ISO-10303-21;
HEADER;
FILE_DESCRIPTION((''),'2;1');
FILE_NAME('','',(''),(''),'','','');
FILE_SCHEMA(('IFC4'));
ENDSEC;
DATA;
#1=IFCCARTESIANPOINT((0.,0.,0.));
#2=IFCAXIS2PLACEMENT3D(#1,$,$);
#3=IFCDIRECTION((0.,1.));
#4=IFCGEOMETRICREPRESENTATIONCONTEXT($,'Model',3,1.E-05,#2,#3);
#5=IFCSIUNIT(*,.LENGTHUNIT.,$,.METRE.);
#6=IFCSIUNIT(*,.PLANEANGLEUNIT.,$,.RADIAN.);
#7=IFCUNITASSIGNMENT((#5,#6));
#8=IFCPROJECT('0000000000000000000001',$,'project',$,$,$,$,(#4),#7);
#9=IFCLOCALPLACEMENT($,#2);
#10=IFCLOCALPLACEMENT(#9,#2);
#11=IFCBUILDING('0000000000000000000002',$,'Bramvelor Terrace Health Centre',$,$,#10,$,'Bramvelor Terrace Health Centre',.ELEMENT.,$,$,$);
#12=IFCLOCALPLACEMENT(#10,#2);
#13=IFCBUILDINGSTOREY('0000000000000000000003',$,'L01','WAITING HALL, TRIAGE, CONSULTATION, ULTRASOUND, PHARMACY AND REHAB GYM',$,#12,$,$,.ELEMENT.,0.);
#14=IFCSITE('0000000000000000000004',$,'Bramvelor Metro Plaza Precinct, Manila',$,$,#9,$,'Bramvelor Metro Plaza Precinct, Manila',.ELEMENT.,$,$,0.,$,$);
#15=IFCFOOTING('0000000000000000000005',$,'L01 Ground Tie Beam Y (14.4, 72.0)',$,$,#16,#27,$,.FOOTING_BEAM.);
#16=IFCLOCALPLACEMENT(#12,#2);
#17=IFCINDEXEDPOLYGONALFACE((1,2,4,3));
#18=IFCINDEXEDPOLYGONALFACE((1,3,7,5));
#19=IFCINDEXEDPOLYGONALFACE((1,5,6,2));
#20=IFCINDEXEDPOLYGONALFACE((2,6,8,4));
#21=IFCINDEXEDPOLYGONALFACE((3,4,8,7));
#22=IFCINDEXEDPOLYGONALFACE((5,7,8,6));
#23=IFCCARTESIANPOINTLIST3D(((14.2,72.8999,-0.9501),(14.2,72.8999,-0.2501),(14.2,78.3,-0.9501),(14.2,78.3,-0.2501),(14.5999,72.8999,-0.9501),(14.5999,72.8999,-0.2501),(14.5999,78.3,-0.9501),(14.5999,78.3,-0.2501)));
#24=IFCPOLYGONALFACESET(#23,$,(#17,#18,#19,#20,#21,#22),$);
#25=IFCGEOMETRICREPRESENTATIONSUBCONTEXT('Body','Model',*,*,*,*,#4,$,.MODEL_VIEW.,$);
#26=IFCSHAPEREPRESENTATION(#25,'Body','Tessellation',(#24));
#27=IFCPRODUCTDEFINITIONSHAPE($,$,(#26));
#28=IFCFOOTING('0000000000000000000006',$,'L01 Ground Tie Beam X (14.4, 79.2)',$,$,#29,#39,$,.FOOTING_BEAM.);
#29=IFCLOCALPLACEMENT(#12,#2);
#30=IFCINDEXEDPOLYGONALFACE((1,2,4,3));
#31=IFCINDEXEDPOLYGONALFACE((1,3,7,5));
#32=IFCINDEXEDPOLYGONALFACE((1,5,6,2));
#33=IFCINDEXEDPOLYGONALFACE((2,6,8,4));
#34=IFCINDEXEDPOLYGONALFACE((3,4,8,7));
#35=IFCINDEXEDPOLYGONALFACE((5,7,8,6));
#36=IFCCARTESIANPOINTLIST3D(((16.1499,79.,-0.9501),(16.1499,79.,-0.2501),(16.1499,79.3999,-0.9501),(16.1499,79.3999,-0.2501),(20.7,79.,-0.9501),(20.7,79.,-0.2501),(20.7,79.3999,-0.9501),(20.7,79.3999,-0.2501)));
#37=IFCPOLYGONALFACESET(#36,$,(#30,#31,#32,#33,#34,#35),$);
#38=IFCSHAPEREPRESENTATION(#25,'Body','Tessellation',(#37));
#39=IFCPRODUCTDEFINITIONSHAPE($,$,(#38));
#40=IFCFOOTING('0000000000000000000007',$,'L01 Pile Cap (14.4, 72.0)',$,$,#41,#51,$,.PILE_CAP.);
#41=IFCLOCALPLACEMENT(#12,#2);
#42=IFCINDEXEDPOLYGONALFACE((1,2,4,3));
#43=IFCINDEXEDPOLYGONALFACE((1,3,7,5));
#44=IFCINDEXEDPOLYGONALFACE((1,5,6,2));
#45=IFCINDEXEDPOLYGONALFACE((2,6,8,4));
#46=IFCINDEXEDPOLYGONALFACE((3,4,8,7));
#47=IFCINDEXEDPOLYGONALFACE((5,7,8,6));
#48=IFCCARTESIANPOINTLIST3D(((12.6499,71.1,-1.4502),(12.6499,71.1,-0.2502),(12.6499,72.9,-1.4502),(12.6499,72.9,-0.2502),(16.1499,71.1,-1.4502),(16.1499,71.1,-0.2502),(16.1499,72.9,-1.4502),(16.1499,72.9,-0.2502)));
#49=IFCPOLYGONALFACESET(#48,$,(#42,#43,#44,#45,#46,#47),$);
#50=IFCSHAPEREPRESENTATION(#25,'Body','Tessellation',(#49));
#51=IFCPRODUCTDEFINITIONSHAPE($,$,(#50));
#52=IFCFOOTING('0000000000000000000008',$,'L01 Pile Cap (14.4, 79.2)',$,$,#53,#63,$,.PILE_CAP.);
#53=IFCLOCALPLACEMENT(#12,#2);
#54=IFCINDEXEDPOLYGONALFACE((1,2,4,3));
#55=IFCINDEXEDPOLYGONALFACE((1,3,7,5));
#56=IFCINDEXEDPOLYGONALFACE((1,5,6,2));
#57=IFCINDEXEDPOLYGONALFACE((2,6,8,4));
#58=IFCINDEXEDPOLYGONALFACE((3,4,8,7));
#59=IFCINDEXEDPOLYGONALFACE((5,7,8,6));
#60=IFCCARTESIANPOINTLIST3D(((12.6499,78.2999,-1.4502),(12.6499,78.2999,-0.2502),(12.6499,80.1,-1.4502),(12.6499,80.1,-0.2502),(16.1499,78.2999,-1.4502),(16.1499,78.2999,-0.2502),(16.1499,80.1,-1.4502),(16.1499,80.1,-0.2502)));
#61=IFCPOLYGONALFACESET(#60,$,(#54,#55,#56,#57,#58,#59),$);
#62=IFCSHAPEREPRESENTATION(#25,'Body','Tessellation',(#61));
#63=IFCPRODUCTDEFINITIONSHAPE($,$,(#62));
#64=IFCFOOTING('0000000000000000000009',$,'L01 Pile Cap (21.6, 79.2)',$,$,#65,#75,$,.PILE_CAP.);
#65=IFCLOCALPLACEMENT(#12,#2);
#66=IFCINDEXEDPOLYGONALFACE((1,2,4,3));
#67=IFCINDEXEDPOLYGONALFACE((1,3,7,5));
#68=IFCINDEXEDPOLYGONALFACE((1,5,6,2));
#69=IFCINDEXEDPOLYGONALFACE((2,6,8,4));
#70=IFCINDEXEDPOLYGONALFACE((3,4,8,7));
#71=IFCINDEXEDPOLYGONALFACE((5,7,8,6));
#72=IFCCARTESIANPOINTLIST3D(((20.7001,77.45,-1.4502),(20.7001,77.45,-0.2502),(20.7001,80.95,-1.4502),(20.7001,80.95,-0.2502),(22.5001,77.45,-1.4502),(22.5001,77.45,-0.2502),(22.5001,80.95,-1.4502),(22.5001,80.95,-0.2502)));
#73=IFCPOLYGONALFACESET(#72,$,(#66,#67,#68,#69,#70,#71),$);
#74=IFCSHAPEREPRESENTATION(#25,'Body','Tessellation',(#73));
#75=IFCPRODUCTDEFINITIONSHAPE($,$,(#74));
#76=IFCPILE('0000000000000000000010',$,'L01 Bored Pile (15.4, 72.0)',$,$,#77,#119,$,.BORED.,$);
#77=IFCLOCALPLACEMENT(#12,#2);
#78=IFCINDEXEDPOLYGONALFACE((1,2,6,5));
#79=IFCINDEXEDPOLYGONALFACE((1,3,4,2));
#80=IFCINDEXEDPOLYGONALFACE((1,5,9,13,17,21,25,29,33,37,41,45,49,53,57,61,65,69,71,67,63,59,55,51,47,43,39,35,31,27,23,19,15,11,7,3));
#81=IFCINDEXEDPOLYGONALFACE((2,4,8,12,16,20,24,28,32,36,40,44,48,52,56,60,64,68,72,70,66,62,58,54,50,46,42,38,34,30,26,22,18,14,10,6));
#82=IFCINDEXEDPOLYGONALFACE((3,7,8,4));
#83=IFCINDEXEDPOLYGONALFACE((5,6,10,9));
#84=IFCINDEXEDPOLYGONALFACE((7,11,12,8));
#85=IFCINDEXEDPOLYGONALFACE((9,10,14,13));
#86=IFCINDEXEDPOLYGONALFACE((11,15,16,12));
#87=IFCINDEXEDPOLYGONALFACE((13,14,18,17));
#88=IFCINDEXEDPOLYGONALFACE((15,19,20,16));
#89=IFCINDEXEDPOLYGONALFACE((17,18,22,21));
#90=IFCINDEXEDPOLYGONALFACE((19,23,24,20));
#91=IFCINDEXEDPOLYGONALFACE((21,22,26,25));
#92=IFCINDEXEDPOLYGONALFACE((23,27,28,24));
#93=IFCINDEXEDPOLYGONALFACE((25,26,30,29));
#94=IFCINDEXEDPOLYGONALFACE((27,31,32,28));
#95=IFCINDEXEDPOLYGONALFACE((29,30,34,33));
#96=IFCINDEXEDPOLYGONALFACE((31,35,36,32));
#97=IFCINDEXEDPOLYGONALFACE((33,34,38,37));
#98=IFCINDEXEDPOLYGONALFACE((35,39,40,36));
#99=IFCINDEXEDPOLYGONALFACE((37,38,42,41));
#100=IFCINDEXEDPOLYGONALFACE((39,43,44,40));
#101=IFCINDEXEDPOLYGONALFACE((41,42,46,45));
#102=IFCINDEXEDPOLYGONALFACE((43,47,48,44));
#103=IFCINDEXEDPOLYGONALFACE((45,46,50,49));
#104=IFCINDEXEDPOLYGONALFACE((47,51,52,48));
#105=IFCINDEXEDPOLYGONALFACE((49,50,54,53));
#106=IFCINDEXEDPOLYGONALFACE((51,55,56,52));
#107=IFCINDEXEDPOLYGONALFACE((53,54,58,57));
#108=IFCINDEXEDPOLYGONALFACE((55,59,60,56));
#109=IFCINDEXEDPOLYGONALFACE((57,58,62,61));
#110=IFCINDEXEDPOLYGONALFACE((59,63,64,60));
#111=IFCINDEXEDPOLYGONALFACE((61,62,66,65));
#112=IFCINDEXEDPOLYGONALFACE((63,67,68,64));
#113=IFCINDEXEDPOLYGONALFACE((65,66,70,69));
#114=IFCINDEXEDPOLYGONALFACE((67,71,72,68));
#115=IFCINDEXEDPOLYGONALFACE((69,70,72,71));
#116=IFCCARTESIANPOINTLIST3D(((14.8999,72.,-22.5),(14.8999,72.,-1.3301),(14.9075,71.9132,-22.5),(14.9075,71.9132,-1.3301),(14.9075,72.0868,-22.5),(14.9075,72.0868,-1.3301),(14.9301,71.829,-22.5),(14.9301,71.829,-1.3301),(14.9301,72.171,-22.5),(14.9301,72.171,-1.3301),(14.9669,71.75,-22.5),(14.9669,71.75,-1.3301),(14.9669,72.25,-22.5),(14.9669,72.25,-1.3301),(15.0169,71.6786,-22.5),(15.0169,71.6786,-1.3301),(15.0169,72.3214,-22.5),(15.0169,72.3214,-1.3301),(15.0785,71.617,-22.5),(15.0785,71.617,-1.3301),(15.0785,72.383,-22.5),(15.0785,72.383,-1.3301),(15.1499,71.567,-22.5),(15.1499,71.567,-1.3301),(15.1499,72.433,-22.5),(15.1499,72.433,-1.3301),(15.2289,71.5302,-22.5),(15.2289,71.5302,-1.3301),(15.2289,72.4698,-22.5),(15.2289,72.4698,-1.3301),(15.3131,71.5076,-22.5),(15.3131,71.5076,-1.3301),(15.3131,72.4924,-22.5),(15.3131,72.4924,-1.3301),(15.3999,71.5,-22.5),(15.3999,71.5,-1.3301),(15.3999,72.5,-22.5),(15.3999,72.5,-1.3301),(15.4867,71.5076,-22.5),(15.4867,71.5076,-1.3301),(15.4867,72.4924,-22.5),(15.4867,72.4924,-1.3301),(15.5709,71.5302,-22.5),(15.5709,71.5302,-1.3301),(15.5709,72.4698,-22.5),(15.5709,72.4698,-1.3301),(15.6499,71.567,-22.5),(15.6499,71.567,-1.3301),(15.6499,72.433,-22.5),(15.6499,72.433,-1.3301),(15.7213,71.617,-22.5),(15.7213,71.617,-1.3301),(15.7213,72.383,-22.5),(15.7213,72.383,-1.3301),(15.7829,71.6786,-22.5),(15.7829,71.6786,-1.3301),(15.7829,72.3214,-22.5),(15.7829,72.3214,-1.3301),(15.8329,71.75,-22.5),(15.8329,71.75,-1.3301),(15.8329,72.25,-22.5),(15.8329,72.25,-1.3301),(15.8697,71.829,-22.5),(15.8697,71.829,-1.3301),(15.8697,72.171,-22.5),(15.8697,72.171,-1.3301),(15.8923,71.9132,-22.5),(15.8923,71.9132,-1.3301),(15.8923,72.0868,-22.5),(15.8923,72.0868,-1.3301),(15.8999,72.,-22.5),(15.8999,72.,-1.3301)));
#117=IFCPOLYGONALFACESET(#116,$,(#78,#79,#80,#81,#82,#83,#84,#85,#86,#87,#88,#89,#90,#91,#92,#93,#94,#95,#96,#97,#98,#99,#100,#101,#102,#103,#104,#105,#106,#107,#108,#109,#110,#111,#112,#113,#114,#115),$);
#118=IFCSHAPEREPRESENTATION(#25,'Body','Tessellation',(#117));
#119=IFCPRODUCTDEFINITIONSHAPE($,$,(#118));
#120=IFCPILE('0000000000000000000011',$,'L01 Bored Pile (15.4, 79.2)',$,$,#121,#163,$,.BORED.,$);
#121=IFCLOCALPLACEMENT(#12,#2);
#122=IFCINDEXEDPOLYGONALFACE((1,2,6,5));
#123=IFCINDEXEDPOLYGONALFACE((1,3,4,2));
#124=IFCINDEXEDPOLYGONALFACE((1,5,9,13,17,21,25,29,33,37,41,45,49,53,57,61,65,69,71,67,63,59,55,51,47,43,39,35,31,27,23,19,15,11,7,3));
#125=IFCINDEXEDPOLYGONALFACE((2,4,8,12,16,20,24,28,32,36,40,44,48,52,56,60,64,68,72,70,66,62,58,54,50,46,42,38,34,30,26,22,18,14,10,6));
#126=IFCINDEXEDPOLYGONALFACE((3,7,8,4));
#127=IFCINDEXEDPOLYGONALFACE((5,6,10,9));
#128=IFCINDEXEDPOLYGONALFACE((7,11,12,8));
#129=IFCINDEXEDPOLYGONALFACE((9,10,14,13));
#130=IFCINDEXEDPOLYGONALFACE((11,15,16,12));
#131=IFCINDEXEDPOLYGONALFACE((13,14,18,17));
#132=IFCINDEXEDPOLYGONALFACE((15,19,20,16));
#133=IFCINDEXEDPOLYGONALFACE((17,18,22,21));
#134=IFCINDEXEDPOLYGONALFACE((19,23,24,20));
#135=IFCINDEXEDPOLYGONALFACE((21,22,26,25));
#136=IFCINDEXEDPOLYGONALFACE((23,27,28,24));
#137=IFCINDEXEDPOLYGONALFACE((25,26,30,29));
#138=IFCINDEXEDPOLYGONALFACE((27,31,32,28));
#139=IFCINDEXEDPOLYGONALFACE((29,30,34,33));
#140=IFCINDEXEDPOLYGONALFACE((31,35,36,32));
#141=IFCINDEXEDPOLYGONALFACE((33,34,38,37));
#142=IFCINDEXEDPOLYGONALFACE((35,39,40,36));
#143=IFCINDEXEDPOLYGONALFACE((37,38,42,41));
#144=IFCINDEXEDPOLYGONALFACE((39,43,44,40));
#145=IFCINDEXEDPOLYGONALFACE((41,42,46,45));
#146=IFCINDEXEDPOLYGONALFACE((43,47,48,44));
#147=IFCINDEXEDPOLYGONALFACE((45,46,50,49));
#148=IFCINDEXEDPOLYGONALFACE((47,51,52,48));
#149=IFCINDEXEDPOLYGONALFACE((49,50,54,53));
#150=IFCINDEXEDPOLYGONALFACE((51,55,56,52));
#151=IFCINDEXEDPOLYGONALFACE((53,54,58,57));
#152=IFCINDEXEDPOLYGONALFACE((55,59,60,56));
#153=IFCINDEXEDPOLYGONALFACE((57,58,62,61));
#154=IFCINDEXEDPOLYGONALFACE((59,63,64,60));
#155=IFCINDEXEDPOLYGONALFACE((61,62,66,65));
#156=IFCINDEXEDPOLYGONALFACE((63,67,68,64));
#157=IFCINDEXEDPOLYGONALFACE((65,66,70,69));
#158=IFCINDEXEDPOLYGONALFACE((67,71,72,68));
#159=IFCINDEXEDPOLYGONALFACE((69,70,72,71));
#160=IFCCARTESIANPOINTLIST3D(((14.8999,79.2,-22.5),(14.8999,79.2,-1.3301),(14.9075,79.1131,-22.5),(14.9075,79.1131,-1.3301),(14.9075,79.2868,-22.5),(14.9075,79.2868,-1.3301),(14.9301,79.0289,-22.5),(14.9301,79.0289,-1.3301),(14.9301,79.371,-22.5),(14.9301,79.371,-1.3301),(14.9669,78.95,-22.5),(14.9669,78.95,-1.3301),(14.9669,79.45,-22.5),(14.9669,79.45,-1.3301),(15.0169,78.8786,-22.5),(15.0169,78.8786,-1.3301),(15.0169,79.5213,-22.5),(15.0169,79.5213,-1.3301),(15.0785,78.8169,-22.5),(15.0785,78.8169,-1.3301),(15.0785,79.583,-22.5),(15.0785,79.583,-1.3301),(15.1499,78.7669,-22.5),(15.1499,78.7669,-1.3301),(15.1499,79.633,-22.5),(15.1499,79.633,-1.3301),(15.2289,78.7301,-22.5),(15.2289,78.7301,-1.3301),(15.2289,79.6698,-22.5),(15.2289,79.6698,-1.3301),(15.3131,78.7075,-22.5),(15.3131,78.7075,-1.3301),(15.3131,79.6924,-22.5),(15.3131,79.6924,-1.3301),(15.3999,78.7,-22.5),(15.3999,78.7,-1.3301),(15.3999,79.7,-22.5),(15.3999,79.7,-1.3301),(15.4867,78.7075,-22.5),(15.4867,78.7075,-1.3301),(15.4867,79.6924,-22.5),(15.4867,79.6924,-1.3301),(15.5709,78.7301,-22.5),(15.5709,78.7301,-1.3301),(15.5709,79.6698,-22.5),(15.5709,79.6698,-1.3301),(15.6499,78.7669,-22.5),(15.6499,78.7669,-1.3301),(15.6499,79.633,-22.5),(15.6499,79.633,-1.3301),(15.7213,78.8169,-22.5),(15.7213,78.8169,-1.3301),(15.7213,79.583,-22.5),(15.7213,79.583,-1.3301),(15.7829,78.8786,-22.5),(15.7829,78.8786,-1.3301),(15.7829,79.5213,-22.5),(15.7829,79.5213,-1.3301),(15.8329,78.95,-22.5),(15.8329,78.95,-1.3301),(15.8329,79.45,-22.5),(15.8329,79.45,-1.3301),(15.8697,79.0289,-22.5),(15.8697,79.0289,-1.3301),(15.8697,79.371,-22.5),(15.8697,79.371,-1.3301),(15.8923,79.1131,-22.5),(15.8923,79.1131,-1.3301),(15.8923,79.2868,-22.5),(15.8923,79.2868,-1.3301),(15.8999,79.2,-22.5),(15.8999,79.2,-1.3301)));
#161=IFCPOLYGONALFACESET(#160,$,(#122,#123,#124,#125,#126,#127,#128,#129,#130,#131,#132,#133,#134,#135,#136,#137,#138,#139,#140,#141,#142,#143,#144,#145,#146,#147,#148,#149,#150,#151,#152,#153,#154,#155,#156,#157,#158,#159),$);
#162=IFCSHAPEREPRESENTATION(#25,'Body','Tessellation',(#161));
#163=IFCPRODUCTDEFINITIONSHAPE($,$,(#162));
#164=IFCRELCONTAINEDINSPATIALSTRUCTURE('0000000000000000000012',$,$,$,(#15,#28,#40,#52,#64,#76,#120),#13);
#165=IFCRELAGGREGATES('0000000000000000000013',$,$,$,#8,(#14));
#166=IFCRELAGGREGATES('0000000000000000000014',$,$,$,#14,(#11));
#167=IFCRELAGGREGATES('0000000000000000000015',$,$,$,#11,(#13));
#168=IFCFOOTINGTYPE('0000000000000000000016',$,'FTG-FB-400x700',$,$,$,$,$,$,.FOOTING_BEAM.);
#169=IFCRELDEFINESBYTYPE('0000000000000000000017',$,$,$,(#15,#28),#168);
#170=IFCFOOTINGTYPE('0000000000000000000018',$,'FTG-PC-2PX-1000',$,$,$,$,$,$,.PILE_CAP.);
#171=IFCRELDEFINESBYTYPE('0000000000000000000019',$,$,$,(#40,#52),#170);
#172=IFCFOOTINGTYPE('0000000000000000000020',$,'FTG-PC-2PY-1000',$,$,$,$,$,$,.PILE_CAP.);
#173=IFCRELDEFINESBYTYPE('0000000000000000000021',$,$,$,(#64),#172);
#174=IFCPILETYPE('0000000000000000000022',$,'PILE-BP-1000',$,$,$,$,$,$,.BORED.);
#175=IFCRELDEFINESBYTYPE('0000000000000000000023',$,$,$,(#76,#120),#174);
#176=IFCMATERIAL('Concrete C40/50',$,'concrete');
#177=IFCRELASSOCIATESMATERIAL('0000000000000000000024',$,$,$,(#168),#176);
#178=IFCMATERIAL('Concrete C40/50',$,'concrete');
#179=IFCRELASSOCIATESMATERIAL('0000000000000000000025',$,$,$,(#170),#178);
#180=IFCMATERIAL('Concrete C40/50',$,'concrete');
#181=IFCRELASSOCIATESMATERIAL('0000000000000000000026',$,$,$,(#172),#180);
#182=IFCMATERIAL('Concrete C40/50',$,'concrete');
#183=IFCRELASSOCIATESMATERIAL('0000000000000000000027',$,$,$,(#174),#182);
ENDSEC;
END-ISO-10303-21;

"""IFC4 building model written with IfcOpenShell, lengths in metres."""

from ifc_helpers import new_model, si_unit, direction, frame, origin, origin_2d, place, context, subcontext, project, spatial, rectangle, circle, extrude, material, material_profile, profile_set, type_object, element, save


model = new_model("IFC4")

# Units and contexts
model_context = context("Model", 3, precision=1e-05, world=origin(), true_north=direction((0.0, 1.0)))
body_context = subcontext(model_context, "Body", "Model", "MODEL_VIEW")
ifc_project = project(units=[si_unit("LENGTHUNIT", "METRE"), si_unit("PLANEANGLEUNIT", "RADIAN")], contexts=[model_context])

# Site, building, storey
site_placement = place(None, origin())
site = spatial("IfcSite", under=ifc_project, at=site_placement, Name="Bramvelor Metro Plaza Precinct, Manila", LongName="Bramvelor Metro Plaza Precinct, Manila", CompositionType="ELEMENT", RefElevation=0.0)
building_placement = place(site_placement, origin())
building = spatial("IfcBuilding", under=site, at=building_placement, Name="Bramvelor Terrace Health Centre", LongName="Bramvelor Terrace Health Centre", CompositionType="ELEMENT")
storey_placement = place(building_placement, origin())
storey = spatial("IfcBuildingStorey", under=building, at=storey_placement, Name="L01", Description="WAITING HALL, TRIAGE, CONSULTATION, ULTRASOUND, PHARMACY AND REHAB GYM", CompositionType="ELEMENT", Elevation=0.0)

# Footings
ifc_material_1 = material(Name="Concrete C40/50", Category="concrete")
ifc_material_profile_1 = material_profile(ifc_material_1, rectangle(XDim=0.3999, YDim=0.7, at=origin_2d()), Name="RC 400x700")
ifc_profile_set_1 = profile_set([ifc_material_profile_1], Name="Concrete C40/50")
footing_type_1 = type_object("IfcFootingType", Name="FTG-FB-400x700", PredefinedType="FOOTING_BEAM", material=ifc_profile_set_1)
footing_1_placement = place(storey_placement, frame((14.3999, 72.8999, -0.6001), z_axis=(0.0, 1.0, 0.0), x_axis=(-1.0, 0.0, 0.0)))
element("IfcFooting", 1, at=footing_1_placement, inside=storey, type_object=footing_type_1, Name="L01 Ground Tie Beam Y (14.4, 72.0)", PredefinedType="FOOTING_BEAM", context=body_context, shape_type="SweptSolid", body=[
    extrude(rectangle(XDim=0.3999, YDim=0.7, at=origin_2d()), origin(), (0.0, 0.0, 1.0), 5.4001),
])
footing_2_placement = place(storey_placement, frame((16.1499, 79.2, -0.6001), z_axis=(1.0, 0.0, 0.0), x_axis=(0.0, 1.0, 0.0)))
element("IfcFooting", 2, at=footing_2_placement, inside=storey, type_object=footing_type_1, Name="L01 Ground Tie Beam X (14.4, 79.2)", PredefinedType="FOOTING_BEAM", context=body_context, shape_type="SweptSolid", body=[
    extrude(rectangle(XDim=0.3999, YDim=0.7, at=origin_2d()), origin(), (0.0, 0.0, 1.0), 4.55),
])
ifc_material_2 = material(Name="Concrete C40/50", Category="concrete")
footing_type_2 = type_object("IfcFootingType", Name="FTG-PC-2PX-1000", PredefinedType="PILE_CAP", material=ifc_material_2)
for number, where, z_axis, x_axis, name in (
    (3, (14.3999, 72.0, -1.4502), (0.0, 0.0, 1.0), (1.0, 0.0, 0.0), "L01 Pile Cap (14.4, 72.0)"),
    (4, (14.3999, 79.2, -1.4502), (0.0, 0.0, 1.0), (1.0, 0.0, 0.0), "L01 Pile Cap (14.4, 79.2)"),
):
    element("IfcFooting", number, at=place(storey_placement, frame(where, z_axis=z_axis, x_axis=x_axis)), inside=storey, type_object=footing_type_2, Name=name, PredefinedType="PILE_CAP", context=body_context, shape_type="SweptSolid", body=[
        extrude(rectangle(XDim=3.5, YDim=1.8, at=origin_2d()), origin(), (0.0, 0.0, 1.0), 1.2),
    ])
ifc_material_3 = material(Name="Concrete C40/50", Category="concrete")
footing_type_3 = type_object("IfcFootingType", Name="FTG-PC-2PY-1000", PredefinedType="PILE_CAP", material=ifc_material_3)
footing_3_placement = place(storey_placement, frame((21.6001, 79.2, -1.4502), z_axis=(0.0, 0.0, 1.0), x_axis=(1.0, 0.0, 0.0)))
element("IfcFooting", 5, at=footing_3_placement, inside=storey, type_object=footing_type_3, Name="L01 Pile Cap (21.6, 79.2)", PredefinedType="PILE_CAP", context=body_context, shape_type="SweptSolid", body=[
    extrude(rectangle(XDim=1.8, YDim=3.5, at=origin_2d()), origin(), (0.0, 0.0, 1.0), 1.2),
])

# Piles
ifc_material_4 = material(Name="Concrete C40/50", Category="concrete")
ifc_material_profile_2 = material_profile(ifc_material_4, circle(Radius=0.5, at=origin_2d()), Name="BP D1000")
ifc_profile_set_2 = profile_set([ifc_material_profile_2], Name="Concrete C40/50")
pile_type = type_object("IfcPileType", Name="PILE-BP-1000", PredefinedType="BORED", material=ifc_profile_set_2)
for number, where, z_axis, x_axis, name in (
    (6, (15.3999, 72.0, -1.3301), (0.0, 0.0, -1.0), (1.0, 0.0, 0.0), "L01 Bored Pile (15.4, 72.0)"),
    (7, (15.3999, 79.2, -1.3301), (0.0, 0.0, -1.0), (1.0, 0.0, 0.0), "L01 Bored Pile (15.4, 79.2)"),
):
    element("IfcPile", number, at=place(storey_placement, frame(where, z_axis=z_axis, x_axis=x_axis)), inside=storey, type_object=pile_type, Name=name, PredefinedType="BORED", context=body_context, shape_type="SweptSolid", body=[
        extrude(circle(Radius=0.5, at=origin_2d()), origin(), (0.0, 0.0, 1.0), 21.1699),
    ])

save(model, "model.ifc")
